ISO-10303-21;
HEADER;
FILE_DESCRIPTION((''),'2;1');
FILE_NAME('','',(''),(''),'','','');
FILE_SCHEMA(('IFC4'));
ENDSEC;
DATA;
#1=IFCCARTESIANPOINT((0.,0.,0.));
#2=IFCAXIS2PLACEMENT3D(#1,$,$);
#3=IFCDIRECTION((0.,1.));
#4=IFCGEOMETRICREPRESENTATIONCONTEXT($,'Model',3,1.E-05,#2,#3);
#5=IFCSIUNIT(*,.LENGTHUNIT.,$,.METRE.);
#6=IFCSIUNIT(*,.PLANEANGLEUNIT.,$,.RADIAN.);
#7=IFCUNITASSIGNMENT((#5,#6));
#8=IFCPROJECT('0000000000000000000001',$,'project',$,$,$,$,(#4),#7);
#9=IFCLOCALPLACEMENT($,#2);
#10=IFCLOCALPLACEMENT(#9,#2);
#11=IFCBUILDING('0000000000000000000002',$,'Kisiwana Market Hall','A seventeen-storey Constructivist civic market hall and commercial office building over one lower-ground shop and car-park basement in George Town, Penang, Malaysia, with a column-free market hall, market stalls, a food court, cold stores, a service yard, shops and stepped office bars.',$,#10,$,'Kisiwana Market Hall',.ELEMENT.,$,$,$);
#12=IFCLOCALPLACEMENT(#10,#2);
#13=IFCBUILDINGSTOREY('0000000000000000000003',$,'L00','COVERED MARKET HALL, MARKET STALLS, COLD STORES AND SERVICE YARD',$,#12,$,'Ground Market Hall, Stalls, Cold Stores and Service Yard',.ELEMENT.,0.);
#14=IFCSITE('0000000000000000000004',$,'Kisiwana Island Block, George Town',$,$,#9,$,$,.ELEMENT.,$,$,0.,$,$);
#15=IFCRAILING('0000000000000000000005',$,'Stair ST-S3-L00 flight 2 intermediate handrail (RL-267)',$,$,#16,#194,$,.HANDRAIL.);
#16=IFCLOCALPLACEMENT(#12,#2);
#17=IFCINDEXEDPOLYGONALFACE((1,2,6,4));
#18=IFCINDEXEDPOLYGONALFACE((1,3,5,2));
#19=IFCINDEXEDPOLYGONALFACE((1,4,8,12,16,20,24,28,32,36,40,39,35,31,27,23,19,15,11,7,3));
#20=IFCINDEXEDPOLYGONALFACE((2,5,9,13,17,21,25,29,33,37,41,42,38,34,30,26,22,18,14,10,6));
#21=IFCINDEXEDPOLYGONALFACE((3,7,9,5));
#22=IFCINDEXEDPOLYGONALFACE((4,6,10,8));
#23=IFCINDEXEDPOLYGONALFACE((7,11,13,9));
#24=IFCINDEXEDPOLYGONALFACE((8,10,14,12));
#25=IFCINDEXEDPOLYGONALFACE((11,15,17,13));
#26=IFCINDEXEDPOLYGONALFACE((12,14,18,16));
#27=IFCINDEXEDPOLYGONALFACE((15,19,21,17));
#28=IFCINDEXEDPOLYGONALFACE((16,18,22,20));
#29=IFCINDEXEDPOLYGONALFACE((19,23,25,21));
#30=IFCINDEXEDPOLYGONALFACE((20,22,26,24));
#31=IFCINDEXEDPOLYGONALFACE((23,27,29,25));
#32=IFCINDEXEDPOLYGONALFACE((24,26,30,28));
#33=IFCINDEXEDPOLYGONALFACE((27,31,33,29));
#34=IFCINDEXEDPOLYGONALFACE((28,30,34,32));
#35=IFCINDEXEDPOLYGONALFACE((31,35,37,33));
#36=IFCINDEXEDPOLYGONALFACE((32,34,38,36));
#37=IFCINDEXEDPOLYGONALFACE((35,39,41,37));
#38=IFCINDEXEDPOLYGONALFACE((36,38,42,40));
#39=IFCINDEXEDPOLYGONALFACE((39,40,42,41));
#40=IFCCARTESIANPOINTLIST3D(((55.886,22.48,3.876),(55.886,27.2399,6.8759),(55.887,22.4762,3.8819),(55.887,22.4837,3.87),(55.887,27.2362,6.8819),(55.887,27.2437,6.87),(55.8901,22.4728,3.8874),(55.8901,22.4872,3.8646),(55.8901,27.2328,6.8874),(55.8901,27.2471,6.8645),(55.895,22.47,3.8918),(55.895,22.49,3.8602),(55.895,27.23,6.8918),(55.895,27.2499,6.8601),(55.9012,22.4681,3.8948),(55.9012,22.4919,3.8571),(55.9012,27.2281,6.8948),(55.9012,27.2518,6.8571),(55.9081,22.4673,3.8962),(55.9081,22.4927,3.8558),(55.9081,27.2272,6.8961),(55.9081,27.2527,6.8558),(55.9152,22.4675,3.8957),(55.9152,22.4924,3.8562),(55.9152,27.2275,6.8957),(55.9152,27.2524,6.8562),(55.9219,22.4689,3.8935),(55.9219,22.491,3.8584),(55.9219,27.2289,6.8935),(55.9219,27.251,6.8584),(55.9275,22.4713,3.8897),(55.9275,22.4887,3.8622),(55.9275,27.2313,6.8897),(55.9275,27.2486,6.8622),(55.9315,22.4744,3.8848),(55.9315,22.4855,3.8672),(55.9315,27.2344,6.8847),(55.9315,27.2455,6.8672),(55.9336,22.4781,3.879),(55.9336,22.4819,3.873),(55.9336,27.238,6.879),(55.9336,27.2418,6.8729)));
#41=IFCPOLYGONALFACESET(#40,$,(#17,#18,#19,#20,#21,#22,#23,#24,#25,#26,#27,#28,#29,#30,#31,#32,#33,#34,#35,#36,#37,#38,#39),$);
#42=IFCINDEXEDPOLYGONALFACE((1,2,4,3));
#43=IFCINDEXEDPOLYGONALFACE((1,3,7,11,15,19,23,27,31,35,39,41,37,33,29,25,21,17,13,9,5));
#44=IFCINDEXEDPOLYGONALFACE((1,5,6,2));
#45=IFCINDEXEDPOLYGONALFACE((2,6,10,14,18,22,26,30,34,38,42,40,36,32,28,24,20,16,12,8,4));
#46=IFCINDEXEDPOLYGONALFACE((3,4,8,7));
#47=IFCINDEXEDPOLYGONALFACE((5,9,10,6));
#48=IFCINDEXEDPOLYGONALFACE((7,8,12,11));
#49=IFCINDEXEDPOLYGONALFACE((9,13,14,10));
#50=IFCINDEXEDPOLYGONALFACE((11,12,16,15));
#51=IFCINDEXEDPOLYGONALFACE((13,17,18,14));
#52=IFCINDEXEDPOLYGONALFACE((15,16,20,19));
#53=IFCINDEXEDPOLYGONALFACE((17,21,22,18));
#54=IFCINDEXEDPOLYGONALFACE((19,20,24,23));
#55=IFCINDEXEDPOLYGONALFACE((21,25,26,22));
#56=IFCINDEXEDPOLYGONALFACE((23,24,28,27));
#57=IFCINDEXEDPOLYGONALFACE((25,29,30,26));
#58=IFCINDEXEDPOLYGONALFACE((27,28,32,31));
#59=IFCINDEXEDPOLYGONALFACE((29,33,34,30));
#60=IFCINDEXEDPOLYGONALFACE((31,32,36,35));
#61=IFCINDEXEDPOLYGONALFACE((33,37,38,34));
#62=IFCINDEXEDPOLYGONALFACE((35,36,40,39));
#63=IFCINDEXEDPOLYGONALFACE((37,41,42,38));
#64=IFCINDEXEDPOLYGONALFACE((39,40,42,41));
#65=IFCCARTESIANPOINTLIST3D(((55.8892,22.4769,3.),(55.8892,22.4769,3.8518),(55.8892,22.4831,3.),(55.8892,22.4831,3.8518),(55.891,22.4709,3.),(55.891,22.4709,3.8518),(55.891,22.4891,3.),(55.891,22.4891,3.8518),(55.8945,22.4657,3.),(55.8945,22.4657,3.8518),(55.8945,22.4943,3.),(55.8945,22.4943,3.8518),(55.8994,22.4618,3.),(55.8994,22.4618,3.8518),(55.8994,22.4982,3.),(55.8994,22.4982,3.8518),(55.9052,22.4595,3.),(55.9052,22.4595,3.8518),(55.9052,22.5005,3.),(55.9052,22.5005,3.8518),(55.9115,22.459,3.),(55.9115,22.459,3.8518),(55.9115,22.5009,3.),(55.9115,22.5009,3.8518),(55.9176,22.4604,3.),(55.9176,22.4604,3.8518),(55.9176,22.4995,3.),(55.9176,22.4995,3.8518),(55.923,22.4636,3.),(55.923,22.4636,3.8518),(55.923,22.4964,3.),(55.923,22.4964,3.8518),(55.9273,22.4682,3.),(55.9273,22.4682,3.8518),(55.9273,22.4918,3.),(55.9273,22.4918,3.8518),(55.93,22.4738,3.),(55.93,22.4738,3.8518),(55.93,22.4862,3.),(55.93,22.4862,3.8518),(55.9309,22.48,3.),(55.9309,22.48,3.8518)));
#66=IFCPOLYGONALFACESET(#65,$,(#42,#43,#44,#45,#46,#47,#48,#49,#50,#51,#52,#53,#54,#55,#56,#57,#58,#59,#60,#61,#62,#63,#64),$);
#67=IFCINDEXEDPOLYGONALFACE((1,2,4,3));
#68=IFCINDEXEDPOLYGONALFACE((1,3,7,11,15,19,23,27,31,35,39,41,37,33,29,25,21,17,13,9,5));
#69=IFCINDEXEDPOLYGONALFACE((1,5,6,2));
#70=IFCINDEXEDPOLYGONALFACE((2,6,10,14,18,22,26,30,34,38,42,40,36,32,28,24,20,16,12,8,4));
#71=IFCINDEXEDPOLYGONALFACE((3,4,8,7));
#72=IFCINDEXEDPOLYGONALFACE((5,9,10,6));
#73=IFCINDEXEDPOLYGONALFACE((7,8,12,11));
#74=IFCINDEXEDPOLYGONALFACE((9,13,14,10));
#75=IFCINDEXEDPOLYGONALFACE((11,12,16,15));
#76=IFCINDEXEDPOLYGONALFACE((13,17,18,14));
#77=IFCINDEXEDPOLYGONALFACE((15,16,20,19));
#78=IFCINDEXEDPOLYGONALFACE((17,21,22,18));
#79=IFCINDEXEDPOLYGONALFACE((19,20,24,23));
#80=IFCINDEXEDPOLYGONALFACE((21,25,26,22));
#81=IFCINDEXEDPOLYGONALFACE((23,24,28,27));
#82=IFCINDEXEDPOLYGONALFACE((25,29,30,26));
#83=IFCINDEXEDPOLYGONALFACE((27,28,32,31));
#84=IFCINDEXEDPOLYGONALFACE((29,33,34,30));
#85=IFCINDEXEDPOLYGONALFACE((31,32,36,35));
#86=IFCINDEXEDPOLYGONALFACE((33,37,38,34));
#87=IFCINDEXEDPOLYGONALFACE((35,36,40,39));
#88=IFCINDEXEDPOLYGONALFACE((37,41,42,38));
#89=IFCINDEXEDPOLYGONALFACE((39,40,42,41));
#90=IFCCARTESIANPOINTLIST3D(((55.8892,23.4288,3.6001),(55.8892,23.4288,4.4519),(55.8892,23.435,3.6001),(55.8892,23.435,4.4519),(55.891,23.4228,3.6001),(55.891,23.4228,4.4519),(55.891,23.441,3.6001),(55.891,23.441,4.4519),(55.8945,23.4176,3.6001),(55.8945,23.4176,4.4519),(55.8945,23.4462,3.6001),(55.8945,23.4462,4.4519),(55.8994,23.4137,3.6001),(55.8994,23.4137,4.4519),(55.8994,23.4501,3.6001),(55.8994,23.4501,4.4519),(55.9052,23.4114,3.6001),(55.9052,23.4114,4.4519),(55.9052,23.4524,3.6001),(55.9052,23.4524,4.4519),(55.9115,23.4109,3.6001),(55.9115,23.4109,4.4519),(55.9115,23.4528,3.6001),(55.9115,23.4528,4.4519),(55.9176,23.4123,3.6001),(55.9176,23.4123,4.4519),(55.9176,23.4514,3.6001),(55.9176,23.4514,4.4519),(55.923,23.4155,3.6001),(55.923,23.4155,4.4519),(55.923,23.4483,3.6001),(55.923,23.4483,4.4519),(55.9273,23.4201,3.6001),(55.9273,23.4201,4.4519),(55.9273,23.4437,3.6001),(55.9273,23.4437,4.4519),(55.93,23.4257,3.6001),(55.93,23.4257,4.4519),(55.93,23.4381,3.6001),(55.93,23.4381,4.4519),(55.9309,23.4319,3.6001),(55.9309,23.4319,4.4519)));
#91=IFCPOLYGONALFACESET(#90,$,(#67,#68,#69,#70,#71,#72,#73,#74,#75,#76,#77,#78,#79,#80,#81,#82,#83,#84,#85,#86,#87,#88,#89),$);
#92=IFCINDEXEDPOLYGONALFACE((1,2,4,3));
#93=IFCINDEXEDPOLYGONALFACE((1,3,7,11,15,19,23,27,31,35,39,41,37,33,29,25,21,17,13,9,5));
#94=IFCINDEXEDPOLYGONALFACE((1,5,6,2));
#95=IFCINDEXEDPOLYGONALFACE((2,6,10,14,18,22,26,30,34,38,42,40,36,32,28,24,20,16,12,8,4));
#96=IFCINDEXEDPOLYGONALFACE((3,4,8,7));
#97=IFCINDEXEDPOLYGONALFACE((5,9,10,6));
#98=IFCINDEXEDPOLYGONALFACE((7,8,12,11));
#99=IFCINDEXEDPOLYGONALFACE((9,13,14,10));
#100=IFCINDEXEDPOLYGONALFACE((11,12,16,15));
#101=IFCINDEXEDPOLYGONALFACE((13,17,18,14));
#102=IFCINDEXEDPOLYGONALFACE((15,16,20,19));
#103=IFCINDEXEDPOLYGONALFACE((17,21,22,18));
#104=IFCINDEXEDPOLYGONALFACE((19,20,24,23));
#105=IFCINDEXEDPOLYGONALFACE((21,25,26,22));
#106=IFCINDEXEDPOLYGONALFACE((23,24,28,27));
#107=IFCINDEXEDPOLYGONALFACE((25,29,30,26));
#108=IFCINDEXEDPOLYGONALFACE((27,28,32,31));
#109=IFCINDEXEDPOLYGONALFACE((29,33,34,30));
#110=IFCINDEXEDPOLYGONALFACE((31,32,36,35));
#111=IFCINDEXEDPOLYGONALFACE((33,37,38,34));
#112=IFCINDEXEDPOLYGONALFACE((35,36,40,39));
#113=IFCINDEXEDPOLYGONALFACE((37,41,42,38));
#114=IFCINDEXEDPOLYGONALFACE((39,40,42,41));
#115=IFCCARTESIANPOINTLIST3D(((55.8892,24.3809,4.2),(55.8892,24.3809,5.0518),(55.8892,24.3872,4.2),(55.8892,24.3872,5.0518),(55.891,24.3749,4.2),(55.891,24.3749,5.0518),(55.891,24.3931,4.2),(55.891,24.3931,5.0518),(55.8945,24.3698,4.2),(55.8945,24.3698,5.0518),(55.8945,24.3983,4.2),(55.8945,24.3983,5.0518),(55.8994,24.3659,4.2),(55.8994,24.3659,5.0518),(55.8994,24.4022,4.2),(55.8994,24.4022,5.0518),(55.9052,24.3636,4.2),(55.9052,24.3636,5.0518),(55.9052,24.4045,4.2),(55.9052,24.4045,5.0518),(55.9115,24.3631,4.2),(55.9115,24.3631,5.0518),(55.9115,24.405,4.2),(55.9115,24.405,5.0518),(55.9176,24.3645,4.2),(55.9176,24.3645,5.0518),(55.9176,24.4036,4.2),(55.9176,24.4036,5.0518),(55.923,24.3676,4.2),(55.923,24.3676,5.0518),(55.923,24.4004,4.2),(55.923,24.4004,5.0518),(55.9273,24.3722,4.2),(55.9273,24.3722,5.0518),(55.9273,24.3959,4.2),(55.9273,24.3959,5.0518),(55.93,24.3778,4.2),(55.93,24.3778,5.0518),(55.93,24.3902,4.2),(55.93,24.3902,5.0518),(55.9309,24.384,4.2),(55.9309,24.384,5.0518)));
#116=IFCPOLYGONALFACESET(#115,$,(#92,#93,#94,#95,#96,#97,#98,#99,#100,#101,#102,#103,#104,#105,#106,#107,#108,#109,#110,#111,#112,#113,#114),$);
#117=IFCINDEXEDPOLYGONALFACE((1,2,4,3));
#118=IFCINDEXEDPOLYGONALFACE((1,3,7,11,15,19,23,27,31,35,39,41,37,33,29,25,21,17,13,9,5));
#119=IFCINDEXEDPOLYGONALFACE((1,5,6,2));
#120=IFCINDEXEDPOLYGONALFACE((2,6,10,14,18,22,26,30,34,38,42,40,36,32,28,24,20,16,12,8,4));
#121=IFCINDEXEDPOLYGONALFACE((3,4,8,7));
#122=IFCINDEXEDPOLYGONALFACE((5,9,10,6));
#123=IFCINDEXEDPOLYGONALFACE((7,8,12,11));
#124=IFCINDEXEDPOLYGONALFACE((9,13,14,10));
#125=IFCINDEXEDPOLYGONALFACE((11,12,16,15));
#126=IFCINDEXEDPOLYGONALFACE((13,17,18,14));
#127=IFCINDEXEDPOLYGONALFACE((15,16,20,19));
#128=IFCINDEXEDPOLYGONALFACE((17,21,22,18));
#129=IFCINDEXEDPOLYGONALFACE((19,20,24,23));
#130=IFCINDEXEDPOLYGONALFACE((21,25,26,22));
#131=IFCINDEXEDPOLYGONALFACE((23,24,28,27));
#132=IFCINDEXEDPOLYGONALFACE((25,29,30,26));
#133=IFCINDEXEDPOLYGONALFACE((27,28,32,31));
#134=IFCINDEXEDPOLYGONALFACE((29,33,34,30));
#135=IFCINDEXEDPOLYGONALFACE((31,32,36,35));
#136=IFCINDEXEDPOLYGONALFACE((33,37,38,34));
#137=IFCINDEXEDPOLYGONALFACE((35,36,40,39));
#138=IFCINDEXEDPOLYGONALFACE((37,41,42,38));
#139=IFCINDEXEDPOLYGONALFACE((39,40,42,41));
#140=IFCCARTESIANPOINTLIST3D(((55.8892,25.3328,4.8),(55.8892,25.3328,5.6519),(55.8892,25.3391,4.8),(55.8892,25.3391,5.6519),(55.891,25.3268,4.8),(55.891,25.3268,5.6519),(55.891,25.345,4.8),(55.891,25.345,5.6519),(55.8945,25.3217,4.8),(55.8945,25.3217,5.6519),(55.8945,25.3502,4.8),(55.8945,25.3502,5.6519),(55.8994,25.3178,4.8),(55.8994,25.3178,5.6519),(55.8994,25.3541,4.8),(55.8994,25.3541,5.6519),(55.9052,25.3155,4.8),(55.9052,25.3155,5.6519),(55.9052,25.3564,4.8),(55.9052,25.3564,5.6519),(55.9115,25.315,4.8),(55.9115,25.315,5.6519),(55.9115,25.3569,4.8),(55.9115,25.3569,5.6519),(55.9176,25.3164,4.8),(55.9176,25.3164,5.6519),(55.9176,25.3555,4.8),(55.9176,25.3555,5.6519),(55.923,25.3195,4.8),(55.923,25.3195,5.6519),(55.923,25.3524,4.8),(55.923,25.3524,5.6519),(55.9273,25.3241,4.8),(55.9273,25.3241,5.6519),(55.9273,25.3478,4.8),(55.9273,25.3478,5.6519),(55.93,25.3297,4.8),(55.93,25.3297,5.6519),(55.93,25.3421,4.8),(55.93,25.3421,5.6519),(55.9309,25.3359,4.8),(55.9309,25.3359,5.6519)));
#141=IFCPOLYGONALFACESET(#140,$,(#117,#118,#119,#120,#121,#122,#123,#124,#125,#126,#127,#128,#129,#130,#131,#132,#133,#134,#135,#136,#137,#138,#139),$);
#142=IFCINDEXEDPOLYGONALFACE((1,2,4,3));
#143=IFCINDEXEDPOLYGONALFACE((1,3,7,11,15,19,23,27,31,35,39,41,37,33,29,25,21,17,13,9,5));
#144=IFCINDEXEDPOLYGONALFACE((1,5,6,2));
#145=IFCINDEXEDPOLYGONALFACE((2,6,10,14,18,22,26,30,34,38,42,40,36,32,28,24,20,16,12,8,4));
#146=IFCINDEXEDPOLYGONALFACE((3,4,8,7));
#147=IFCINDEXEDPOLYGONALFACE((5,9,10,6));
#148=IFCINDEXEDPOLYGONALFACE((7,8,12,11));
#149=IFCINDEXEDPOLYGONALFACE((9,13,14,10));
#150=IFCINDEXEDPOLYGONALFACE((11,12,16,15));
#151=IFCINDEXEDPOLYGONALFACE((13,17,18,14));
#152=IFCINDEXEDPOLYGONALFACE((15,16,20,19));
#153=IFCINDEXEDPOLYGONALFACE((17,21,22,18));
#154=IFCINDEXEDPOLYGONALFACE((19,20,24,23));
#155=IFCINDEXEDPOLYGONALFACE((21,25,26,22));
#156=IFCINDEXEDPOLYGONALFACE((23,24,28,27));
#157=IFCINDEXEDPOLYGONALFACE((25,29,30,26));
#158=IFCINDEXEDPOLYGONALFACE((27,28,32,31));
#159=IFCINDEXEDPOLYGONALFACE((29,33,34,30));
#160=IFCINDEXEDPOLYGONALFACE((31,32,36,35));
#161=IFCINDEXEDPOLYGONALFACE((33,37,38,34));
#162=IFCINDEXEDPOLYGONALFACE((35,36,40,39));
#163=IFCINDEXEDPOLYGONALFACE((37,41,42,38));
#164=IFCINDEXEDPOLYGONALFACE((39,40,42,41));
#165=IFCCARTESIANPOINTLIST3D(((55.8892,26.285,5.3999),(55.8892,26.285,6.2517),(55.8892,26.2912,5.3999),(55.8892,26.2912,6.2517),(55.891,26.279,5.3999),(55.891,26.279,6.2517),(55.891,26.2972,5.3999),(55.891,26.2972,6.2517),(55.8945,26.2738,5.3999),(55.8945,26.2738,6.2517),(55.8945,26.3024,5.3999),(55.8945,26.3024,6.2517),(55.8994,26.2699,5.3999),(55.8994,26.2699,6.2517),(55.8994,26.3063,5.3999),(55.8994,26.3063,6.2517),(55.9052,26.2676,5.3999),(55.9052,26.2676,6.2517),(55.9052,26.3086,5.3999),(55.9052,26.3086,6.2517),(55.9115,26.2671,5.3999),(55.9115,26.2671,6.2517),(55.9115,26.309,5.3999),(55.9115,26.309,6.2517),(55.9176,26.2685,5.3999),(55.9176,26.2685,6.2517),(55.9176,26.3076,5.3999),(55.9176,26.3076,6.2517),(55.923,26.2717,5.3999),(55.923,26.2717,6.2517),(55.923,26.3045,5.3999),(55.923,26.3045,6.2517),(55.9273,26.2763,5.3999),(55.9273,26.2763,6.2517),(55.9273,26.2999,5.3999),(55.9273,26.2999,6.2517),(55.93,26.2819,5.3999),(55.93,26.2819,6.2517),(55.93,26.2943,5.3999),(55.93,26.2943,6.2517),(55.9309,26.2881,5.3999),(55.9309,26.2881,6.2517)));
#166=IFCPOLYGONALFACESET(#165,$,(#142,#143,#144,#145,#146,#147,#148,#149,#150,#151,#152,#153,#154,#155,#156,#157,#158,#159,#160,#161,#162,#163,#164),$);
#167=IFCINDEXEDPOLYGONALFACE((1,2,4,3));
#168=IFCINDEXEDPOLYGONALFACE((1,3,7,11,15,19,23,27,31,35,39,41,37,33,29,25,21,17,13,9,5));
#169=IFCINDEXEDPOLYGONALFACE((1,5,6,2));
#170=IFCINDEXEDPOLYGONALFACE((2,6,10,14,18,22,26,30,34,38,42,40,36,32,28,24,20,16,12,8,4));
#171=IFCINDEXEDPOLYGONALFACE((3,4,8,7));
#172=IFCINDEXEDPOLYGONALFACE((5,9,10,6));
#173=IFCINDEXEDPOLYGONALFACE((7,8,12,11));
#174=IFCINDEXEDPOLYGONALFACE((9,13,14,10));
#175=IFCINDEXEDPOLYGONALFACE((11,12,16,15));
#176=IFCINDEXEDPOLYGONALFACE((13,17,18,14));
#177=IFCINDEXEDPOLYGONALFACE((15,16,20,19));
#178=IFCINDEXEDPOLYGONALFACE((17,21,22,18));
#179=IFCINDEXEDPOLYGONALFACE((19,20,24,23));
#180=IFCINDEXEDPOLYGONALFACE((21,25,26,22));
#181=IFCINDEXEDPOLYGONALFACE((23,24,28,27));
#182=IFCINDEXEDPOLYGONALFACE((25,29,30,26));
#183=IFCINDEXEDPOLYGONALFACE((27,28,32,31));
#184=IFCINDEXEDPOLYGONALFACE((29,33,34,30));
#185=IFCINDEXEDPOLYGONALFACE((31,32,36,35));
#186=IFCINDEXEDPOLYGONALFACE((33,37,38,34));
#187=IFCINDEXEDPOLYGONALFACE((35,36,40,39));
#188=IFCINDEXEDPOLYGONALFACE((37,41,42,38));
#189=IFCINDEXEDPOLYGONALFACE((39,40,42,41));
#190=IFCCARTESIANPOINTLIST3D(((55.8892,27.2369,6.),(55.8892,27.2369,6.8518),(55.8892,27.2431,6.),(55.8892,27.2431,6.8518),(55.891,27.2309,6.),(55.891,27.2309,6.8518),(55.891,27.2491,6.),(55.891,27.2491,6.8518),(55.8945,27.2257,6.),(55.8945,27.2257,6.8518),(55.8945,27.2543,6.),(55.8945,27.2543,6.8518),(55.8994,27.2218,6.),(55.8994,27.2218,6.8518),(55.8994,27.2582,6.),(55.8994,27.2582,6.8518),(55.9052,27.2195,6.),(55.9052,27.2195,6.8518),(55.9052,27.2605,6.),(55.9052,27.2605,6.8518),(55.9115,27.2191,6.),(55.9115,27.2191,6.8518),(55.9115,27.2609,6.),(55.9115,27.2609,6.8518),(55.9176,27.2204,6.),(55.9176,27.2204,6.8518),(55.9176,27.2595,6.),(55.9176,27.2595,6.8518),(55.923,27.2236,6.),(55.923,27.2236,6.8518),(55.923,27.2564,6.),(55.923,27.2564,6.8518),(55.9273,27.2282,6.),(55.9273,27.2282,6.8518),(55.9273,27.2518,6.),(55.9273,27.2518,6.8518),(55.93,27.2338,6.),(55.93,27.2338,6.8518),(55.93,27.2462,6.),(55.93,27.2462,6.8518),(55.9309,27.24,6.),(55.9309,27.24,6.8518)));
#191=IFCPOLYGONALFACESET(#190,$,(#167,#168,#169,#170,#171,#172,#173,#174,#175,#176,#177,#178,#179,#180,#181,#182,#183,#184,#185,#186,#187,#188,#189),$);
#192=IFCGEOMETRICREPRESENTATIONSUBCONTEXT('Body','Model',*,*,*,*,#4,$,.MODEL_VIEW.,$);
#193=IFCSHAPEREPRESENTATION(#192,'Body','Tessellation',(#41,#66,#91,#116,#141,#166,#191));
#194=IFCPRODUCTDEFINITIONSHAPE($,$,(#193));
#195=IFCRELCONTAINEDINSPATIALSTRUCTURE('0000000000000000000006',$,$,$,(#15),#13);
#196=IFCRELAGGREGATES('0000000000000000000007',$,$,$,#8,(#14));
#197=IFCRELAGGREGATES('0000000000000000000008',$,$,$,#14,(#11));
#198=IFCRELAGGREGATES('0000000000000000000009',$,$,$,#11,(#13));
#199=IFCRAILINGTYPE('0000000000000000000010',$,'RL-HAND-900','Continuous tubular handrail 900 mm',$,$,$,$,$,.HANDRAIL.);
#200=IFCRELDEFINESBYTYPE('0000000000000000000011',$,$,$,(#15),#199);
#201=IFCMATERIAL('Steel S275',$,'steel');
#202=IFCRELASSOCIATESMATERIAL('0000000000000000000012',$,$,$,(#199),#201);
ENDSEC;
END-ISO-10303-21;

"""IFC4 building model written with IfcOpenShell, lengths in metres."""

from ifc_helpers import new_model, si_unit, direction, frame, origin, origin_2d, place, context, subcontext, project, spatial, circle, extrude, material, type_object, element, save


model = new_model("IFC4")

# Units and contexts
model_context = context("Model", 3, precision=1e-05, world=origin(), true_north=direction((0.0, 1.0)))
body_context = subcontext(model_context, "Body", "Model", "MODEL_VIEW")
ifc_project = project(units=[si_unit("LENGTHUNIT", "METRE"), si_unit("PLANEANGLEUNIT", "RADIAN")], contexts=[model_context])

# Site, building, storey
site_placement = place(None, origin())
site = spatial("IfcSite", under=ifc_project, at=site_placement, Name="Kisiwana Island Block, George Town", CompositionType="ELEMENT", RefElevation=0.0)
building_placement = place(site_placement, origin())
building = spatial("IfcBuilding", under=site, at=building_placement, Name="Kisiwana Market Hall", Description="A seventeen-storey Constructivist civic market hall and commercial office building over one lower-ground shop and car-park basement in George Town, Penang, Malaysia, with a column-free market hall, market stalls, a food court, cold stores, a service yard, shops and stepped office bars.", LongName="Kisiwana Market Hall", CompositionType="ELEMENT")
storey_placement = place(building_placement, origin())
storey = spatial("IfcBuildingStorey", under=building, at=storey_placement, Name="L00", Description="COVERED MARKET HALL, MARKET STALLS, COLD STORES AND SERVICE YARD", LongName="Ground Market Hall, Stalls, Cold Stores and Service Yard", CompositionType="ELEMENT", Elevation=0.0)

# Railing
ifc_material_1 = material(Name="Steel S275", Category="steel")
railing_type = type_object("IfcRailingType", Name="RL-HAND-900", Description="Continuous tubular handrail 900 mm", PredefinedType="HANDRAIL", material=ifc_material_1)
for number, where, name in (
    (1, (55.9099, 22.48, 3.0), "Stair ST-S3-L00 flight 2 intermediate handrail (RL-267)"),
):
    element("IfcRailing", number, at=place(storey_placement, frame(where)), inside=storey, type_object=railing_type, Name=name, PredefinedType="HANDRAIL", context=body_context, shape_type="SweptSolid", body=[
        extrude(circle(Radius=0.0239, at=origin_2d()), frame((0.0, 0.0, 0.876), z_axis=(0.0, 0.845996, 0.53319), x_axis=(-1.0, 0.0, 0.0)), (0.0, 0.0, 1.0), 5.6265),
        extrude(circle(Radius=0.021, at=origin_2d()), origin(), (0.0, 0.0, 1.0), 0.8518),
        extrude(circle(Radius=0.021, at=origin_2d()), frame((0.0, 0.9519, 0.6001)), (0.0, 0.0, 1.0), 0.8518),
        extrude(circle(Radius=0.021, at=origin_2d()), frame((0.0, 1.9041, 1.2)), (0.0, 0.0, 1.0), 0.8518),
        extrude(circle(Radius=0.021, at=origin_2d()), frame((0.0, 2.856, 1.8)), (0.0, 0.0, 1.0), 0.8518),
        extrude(circle(Radius=0.021, at=origin_2d()), frame((0.0, 3.8081, 2.3999)), (0.0, 0.0, 1.0), 0.8518),
        extrude(circle(Radius=0.021, at=origin_2d()), frame((0.0, 4.76, 3.0)), (0.0, 0.0, 1.0), 0.8518),
    ])

save(model, "model.ifc")
